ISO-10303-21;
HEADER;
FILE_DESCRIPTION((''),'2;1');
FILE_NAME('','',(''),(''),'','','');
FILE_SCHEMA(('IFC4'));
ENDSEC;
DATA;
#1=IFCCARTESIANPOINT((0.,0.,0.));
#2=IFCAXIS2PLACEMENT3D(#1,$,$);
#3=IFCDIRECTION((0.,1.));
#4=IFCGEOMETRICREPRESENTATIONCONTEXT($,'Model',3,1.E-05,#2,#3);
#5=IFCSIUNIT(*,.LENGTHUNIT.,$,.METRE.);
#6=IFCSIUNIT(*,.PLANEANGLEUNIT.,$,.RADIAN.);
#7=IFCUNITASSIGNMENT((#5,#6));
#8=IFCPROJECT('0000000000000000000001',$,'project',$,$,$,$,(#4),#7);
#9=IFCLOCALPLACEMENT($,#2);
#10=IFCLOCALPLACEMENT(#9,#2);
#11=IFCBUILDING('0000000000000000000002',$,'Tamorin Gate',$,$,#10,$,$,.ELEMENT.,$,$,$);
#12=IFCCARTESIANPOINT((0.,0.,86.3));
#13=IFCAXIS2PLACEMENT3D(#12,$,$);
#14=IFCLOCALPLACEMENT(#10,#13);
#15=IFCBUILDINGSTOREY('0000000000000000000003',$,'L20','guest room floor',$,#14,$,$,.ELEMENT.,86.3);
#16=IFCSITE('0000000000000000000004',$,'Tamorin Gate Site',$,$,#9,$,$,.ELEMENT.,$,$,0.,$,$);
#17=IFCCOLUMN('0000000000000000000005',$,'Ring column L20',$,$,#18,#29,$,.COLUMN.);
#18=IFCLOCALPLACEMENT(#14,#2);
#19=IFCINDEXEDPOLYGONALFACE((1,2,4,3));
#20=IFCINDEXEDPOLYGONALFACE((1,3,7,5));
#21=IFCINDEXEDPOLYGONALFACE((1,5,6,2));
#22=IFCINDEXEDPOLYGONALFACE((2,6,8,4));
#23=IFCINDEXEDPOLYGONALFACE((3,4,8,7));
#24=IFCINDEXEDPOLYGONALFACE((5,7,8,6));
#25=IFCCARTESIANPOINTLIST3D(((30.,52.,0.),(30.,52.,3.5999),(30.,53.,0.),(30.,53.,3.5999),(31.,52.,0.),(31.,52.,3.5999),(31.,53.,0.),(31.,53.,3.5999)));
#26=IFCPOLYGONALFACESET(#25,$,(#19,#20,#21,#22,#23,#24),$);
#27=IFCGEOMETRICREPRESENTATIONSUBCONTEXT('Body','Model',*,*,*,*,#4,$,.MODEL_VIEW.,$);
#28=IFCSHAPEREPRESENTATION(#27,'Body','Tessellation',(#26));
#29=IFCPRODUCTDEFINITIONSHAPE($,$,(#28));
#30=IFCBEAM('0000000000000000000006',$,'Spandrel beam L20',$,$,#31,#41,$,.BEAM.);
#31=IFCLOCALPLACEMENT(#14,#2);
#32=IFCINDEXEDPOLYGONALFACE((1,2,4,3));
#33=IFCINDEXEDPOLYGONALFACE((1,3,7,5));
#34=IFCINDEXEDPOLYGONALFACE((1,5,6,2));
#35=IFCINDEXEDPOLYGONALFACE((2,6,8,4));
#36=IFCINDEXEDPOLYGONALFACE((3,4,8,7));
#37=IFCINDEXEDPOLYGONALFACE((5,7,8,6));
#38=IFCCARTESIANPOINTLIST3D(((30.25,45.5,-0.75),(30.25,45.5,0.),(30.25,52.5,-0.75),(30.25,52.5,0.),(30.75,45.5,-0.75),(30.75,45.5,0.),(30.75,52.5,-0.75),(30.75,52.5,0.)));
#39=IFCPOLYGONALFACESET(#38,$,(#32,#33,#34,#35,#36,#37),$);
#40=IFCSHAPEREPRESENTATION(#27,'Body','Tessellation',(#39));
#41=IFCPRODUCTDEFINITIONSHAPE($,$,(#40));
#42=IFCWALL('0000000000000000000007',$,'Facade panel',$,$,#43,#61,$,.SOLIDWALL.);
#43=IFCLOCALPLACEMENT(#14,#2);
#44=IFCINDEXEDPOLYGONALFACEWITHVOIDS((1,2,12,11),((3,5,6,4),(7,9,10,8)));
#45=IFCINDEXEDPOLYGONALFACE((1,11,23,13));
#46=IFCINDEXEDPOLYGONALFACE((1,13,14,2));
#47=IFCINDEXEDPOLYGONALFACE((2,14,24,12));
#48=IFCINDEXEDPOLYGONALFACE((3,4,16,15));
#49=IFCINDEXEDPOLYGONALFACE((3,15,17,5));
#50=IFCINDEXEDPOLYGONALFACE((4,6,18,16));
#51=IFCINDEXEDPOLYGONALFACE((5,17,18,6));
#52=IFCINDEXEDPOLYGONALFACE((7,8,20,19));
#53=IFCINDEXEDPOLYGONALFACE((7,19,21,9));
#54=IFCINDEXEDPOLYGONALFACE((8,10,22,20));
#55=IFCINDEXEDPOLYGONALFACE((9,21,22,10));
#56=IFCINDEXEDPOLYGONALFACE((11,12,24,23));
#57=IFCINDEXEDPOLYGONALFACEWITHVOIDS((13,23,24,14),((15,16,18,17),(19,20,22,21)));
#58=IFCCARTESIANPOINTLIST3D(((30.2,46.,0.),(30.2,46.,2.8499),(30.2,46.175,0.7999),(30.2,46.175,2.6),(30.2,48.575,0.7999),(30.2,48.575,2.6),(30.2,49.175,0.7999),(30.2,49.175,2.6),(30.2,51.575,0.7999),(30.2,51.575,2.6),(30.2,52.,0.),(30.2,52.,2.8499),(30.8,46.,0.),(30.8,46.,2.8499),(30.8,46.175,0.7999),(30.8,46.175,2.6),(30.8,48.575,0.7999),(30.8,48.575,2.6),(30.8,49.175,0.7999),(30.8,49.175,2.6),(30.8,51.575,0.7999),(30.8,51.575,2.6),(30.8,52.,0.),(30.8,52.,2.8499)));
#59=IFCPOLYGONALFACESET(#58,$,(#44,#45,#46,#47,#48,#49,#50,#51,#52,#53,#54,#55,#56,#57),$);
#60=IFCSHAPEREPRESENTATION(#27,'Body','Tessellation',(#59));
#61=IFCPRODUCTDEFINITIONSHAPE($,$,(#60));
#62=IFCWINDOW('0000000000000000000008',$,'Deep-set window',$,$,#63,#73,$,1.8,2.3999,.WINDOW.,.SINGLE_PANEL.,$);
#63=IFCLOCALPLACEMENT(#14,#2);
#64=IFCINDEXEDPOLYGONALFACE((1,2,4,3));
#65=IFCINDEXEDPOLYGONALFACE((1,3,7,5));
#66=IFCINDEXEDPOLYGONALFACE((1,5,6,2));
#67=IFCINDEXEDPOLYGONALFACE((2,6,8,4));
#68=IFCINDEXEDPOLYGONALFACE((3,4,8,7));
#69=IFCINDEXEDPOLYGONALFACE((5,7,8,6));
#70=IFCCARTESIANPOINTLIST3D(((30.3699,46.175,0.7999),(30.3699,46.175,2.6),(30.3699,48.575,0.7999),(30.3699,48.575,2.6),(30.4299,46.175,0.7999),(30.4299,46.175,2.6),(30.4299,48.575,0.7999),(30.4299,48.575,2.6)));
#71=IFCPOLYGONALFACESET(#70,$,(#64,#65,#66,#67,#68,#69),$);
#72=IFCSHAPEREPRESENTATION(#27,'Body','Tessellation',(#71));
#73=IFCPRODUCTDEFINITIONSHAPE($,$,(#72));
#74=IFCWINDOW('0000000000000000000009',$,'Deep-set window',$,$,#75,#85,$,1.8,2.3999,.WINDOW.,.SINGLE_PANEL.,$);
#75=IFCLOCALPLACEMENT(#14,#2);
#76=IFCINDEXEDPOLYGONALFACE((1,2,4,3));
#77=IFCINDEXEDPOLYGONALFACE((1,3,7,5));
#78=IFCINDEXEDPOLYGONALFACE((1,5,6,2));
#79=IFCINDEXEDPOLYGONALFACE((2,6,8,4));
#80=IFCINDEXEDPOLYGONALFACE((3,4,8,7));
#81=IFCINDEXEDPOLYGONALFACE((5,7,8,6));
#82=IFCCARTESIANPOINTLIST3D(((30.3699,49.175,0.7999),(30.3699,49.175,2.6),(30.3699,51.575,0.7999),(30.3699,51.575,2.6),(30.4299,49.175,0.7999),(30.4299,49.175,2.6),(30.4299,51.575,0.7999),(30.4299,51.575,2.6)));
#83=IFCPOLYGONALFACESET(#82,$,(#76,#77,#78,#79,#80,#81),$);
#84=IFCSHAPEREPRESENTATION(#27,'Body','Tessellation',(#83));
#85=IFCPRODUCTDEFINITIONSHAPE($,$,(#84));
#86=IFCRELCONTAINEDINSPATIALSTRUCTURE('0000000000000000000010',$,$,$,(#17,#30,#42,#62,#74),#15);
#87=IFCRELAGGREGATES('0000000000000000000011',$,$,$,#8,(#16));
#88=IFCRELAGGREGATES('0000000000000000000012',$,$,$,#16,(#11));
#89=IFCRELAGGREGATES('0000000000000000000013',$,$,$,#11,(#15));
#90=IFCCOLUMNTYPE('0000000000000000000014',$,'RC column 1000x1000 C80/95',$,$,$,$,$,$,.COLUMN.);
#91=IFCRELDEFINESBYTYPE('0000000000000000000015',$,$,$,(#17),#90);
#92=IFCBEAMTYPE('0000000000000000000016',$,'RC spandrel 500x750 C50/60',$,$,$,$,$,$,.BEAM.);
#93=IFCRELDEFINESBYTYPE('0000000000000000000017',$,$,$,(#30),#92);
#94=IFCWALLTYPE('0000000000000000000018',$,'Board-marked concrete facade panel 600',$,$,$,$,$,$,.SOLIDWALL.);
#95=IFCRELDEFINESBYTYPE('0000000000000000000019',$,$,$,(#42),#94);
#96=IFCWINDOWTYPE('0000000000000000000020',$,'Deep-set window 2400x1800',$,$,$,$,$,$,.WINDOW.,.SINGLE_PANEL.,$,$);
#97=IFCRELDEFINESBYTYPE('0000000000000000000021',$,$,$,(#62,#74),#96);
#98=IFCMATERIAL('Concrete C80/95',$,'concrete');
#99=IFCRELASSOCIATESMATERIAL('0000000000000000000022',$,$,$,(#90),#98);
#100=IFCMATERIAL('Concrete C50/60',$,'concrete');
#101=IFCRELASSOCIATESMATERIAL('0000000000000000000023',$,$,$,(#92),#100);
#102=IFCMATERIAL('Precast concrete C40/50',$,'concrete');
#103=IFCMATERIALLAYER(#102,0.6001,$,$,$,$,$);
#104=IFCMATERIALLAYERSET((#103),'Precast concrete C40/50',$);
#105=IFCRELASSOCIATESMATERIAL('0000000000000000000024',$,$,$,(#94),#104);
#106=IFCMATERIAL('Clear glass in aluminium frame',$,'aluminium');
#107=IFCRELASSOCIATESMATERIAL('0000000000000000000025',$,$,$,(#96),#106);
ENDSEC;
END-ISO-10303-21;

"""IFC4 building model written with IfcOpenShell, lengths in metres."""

from ifc_helpers import new_model, si_unit, direction, frame, frame_2d, origin, origin_2d, place, context, subcontext, project, spatial, rectangle, extrude, material, layer, layer_set, material_profile, profile_set, type_object, element, fill, save


model = new_model("IFC4")

# Units and contexts
model_context = context("Model", 3, precision=1e-05, world=origin(), true_north=direction((0.0, 1.0)))
body_context = subcontext(model_context, "Body", "Model", "MODEL_VIEW")
ifc_project = project(units=[si_unit("LENGTHUNIT", "METRE"), si_unit("PLANEANGLEUNIT", "RADIAN")], contexts=[model_context])

# Site, building, storey
site_placement = place(None, origin())
site = spatial("IfcSite", under=ifc_project, at=site_placement, Name="Tamorin Gate Site", CompositionType="ELEMENT", RefElevation=0.0)
building_placement = place(site_placement, origin())
building = spatial("IfcBuilding", under=site, at=building_placement, Name="Tamorin Gate", CompositionType="ELEMENT")
storey_placement = place(building_placement, frame((0.0, 0.0, 86.3)))
storey = spatial("IfcBuildingStorey", under=building, at=storey_placement, Name="L20", Description="guest room floor", CompositionType="ELEMENT", Elevation=86.3)

# Column
ifc_material_1 = material(Name="Concrete C80/95", Category="concrete")
ifc_material_profile_1 = material_profile(ifc_material_1, rectangle(XDim=1.0, YDim=1.0, at=origin_2d()), Name="RC 1000x1000")
ifc_profile_set_1 = profile_set([ifc_material_profile_1], Name="Concrete C80/95")
column_type = type_object("IfcColumnType", Name="RC column 1000x1000 C80/95", PredefinedType="COLUMN", material=ifc_profile_set_1)
column_placement = place(storey_placement, frame((30.5, 52.5, 0.0), z_axis=(0.0, 0.0, 1.0), x_axis=(1.0, 0.0, 0.0)))
element("IfcColumn", 1, at=column_placement, inside=storey, type_object=column_type, Name="Ring column L20", PredefinedType="COLUMN", context=body_context, shape_type="SweptSolid", body=[
    extrude(rectangle(XDim=1.0, YDim=1.0, at=origin_2d()), origin(), (0.0, 0.0, 1.0), 3.5999),
])

# Beam
ifc_material_2 = material(Name="Concrete C50/60", Category="concrete")
ifc_material_profile_2 = material_profile(ifc_material_2, rectangle(XDim=0.5, YDim=0.75, at=origin_2d()), Name="RC 500x750")
ifc_profile_set_2 = profile_set([ifc_material_profile_2], Name="Concrete C50/60")
beam_type = type_object("IfcBeamType", Name="RC spandrel 500x750 C50/60", PredefinedType="BEAM", material=ifc_profile_set_2)
beam_placement = place(storey_placement, frame((30.5, 52.5, -0.375), z_axis=(0.0, -1.0, 0.0), x_axis=(1.0, 0.0, 0.0)))
element("IfcBeam", 2, at=beam_placement, inside=storey, type_object=beam_type, Name="Spandrel beam L20", PredefinedType="BEAM", context=body_context, shape_type="SweptSolid", body=[
    extrude(rectangle(XDim=0.5, YDim=0.75, at=origin_2d()), origin(), (0.0, 0.0, 1.0), 7.0),
])

# Wall, openings, windows
ifc_material_3 = material(Name="Precast concrete C40/50", Category="concrete")
ifc_layer_1 = layer(ifc_material_3, 0.6001)
ifc_layer_set_1 = layer_set([ifc_layer_1], Name="Precast concrete C40/50")
wall_type_1 = type_object("IfcWallType", Name="Board-marked concrete facade panel 600", PredefinedType="SOLIDWALL", material=ifc_layer_set_1)
wall_1_placement = place(storey_placement, frame((30.5, 52.0, 0.0), z_axis=(0.0, 0.0, 1.0), x_axis=(0.0, -1.0, 0.0)))
wall_1 = element("IfcWall", 3, at=wall_1_placement, inside=storey, type_object=wall_type_1, Name="Facade panel", PredefinedType="SOLIDWALL", context=body_context, shape_type="SweptSolid", body=[
    extrude(rectangle(XDim=6.0, YDim=0.6001, at=frame_2d((3.0, 0.0))), origin(), (0.0, 0.0, 1.0), 2.8499),
])
opening_1_placement = place(wall_1_placement, frame((3.425, 0.0, 0.8)))
opening_1 = element("IfcOpeningElement", 4, at=opening_1_placement, cuts=wall_1, PredefinedType="OPENING", context=body_context, shape_type="SweptSolid", body=[
    extrude(rectangle(XDim=2.3999, YDim=1.8, at=frame_2d((1.2, 0.8999))), frame((0.0, 0.3101, 0.0), z_axis=(0.0, -1.0, 0.0), x_axis=(1.0, 0.0, 0.0)), (0.0, 0.0, 1.0), 0.6201),
])
opening_2_placement = place(wall_1_placement, frame((0.425, 0.0, 0.8)))
opening_2 = element("IfcOpeningElement", 5, at=opening_2_placement, cuts=wall_1, PredefinedType="OPENING", context=body_context, shape_type="SweptSolid", body=[
    extrude(rectangle(XDim=2.3999, YDim=1.8, at=frame_2d((1.2, 0.8999))), frame((0.0, 0.3101, 0.0), z_axis=(0.0, -1.0, 0.0), x_axis=(1.0, 0.0, 0.0)), (0.0, 0.0, 1.0), 0.6201),
])
ifc_material_4 = material(Name="Clear glass in aluminium frame", Category="aluminium")
window_type = type_object("IfcWindowType", Name="Deep-set window 2400x1800", PartitioningType="SINGLE_PANEL", PredefinedType="WINDOW", material=ifc_material_4)
window_1_placement = place(opening_1_placement, origin())
window_1 = element("IfcWindow", 6, at=window_1_placement, inside=storey, type_object=window_type, Name="Deep-set window", OverallHeight=1.8, OverallWidth=2.3999, PartitioningType="SINGLE_PANEL", PredefinedType="WINDOW", context=body_context, shape_type="SweptSolid", body=[
    extrude(rectangle(XDim=2.3999, YDim=1.8, at=frame_2d((1.2, 0.8999))), frame((0.0, -0.0701, 0.0), z_axis=(0.0, -1.0, 0.0), x_axis=(1.0, 0.0, 0.0)), (0.0, 0.0, 1.0), 0.0601),
])
fill(opening_1, window_1)
window_2_placement = place(opening_2_placement, origin())
window_2 = element("IfcWindow", 7, at=window_2_placement, inside=storey, type_object=window_type, Name="Deep-set window", OverallHeight=1.8, OverallWidth=2.3999, PartitioningType="SINGLE_PANEL", PredefinedType="WINDOW", context=body_context, shape_type="SweptSolid", body=[
    extrude(rectangle(XDim=2.3999, YDim=1.8, at=frame_2d((1.2, 0.8999))), frame((0.0, -0.0701, 0.0), z_axis=(0.0, -1.0, 0.0), x_axis=(1.0, 0.0, 0.0)), (0.0, 0.0, 1.0), 0.0601),
])
fill(opening_2, window_2)

save(model, "model.ifc")
